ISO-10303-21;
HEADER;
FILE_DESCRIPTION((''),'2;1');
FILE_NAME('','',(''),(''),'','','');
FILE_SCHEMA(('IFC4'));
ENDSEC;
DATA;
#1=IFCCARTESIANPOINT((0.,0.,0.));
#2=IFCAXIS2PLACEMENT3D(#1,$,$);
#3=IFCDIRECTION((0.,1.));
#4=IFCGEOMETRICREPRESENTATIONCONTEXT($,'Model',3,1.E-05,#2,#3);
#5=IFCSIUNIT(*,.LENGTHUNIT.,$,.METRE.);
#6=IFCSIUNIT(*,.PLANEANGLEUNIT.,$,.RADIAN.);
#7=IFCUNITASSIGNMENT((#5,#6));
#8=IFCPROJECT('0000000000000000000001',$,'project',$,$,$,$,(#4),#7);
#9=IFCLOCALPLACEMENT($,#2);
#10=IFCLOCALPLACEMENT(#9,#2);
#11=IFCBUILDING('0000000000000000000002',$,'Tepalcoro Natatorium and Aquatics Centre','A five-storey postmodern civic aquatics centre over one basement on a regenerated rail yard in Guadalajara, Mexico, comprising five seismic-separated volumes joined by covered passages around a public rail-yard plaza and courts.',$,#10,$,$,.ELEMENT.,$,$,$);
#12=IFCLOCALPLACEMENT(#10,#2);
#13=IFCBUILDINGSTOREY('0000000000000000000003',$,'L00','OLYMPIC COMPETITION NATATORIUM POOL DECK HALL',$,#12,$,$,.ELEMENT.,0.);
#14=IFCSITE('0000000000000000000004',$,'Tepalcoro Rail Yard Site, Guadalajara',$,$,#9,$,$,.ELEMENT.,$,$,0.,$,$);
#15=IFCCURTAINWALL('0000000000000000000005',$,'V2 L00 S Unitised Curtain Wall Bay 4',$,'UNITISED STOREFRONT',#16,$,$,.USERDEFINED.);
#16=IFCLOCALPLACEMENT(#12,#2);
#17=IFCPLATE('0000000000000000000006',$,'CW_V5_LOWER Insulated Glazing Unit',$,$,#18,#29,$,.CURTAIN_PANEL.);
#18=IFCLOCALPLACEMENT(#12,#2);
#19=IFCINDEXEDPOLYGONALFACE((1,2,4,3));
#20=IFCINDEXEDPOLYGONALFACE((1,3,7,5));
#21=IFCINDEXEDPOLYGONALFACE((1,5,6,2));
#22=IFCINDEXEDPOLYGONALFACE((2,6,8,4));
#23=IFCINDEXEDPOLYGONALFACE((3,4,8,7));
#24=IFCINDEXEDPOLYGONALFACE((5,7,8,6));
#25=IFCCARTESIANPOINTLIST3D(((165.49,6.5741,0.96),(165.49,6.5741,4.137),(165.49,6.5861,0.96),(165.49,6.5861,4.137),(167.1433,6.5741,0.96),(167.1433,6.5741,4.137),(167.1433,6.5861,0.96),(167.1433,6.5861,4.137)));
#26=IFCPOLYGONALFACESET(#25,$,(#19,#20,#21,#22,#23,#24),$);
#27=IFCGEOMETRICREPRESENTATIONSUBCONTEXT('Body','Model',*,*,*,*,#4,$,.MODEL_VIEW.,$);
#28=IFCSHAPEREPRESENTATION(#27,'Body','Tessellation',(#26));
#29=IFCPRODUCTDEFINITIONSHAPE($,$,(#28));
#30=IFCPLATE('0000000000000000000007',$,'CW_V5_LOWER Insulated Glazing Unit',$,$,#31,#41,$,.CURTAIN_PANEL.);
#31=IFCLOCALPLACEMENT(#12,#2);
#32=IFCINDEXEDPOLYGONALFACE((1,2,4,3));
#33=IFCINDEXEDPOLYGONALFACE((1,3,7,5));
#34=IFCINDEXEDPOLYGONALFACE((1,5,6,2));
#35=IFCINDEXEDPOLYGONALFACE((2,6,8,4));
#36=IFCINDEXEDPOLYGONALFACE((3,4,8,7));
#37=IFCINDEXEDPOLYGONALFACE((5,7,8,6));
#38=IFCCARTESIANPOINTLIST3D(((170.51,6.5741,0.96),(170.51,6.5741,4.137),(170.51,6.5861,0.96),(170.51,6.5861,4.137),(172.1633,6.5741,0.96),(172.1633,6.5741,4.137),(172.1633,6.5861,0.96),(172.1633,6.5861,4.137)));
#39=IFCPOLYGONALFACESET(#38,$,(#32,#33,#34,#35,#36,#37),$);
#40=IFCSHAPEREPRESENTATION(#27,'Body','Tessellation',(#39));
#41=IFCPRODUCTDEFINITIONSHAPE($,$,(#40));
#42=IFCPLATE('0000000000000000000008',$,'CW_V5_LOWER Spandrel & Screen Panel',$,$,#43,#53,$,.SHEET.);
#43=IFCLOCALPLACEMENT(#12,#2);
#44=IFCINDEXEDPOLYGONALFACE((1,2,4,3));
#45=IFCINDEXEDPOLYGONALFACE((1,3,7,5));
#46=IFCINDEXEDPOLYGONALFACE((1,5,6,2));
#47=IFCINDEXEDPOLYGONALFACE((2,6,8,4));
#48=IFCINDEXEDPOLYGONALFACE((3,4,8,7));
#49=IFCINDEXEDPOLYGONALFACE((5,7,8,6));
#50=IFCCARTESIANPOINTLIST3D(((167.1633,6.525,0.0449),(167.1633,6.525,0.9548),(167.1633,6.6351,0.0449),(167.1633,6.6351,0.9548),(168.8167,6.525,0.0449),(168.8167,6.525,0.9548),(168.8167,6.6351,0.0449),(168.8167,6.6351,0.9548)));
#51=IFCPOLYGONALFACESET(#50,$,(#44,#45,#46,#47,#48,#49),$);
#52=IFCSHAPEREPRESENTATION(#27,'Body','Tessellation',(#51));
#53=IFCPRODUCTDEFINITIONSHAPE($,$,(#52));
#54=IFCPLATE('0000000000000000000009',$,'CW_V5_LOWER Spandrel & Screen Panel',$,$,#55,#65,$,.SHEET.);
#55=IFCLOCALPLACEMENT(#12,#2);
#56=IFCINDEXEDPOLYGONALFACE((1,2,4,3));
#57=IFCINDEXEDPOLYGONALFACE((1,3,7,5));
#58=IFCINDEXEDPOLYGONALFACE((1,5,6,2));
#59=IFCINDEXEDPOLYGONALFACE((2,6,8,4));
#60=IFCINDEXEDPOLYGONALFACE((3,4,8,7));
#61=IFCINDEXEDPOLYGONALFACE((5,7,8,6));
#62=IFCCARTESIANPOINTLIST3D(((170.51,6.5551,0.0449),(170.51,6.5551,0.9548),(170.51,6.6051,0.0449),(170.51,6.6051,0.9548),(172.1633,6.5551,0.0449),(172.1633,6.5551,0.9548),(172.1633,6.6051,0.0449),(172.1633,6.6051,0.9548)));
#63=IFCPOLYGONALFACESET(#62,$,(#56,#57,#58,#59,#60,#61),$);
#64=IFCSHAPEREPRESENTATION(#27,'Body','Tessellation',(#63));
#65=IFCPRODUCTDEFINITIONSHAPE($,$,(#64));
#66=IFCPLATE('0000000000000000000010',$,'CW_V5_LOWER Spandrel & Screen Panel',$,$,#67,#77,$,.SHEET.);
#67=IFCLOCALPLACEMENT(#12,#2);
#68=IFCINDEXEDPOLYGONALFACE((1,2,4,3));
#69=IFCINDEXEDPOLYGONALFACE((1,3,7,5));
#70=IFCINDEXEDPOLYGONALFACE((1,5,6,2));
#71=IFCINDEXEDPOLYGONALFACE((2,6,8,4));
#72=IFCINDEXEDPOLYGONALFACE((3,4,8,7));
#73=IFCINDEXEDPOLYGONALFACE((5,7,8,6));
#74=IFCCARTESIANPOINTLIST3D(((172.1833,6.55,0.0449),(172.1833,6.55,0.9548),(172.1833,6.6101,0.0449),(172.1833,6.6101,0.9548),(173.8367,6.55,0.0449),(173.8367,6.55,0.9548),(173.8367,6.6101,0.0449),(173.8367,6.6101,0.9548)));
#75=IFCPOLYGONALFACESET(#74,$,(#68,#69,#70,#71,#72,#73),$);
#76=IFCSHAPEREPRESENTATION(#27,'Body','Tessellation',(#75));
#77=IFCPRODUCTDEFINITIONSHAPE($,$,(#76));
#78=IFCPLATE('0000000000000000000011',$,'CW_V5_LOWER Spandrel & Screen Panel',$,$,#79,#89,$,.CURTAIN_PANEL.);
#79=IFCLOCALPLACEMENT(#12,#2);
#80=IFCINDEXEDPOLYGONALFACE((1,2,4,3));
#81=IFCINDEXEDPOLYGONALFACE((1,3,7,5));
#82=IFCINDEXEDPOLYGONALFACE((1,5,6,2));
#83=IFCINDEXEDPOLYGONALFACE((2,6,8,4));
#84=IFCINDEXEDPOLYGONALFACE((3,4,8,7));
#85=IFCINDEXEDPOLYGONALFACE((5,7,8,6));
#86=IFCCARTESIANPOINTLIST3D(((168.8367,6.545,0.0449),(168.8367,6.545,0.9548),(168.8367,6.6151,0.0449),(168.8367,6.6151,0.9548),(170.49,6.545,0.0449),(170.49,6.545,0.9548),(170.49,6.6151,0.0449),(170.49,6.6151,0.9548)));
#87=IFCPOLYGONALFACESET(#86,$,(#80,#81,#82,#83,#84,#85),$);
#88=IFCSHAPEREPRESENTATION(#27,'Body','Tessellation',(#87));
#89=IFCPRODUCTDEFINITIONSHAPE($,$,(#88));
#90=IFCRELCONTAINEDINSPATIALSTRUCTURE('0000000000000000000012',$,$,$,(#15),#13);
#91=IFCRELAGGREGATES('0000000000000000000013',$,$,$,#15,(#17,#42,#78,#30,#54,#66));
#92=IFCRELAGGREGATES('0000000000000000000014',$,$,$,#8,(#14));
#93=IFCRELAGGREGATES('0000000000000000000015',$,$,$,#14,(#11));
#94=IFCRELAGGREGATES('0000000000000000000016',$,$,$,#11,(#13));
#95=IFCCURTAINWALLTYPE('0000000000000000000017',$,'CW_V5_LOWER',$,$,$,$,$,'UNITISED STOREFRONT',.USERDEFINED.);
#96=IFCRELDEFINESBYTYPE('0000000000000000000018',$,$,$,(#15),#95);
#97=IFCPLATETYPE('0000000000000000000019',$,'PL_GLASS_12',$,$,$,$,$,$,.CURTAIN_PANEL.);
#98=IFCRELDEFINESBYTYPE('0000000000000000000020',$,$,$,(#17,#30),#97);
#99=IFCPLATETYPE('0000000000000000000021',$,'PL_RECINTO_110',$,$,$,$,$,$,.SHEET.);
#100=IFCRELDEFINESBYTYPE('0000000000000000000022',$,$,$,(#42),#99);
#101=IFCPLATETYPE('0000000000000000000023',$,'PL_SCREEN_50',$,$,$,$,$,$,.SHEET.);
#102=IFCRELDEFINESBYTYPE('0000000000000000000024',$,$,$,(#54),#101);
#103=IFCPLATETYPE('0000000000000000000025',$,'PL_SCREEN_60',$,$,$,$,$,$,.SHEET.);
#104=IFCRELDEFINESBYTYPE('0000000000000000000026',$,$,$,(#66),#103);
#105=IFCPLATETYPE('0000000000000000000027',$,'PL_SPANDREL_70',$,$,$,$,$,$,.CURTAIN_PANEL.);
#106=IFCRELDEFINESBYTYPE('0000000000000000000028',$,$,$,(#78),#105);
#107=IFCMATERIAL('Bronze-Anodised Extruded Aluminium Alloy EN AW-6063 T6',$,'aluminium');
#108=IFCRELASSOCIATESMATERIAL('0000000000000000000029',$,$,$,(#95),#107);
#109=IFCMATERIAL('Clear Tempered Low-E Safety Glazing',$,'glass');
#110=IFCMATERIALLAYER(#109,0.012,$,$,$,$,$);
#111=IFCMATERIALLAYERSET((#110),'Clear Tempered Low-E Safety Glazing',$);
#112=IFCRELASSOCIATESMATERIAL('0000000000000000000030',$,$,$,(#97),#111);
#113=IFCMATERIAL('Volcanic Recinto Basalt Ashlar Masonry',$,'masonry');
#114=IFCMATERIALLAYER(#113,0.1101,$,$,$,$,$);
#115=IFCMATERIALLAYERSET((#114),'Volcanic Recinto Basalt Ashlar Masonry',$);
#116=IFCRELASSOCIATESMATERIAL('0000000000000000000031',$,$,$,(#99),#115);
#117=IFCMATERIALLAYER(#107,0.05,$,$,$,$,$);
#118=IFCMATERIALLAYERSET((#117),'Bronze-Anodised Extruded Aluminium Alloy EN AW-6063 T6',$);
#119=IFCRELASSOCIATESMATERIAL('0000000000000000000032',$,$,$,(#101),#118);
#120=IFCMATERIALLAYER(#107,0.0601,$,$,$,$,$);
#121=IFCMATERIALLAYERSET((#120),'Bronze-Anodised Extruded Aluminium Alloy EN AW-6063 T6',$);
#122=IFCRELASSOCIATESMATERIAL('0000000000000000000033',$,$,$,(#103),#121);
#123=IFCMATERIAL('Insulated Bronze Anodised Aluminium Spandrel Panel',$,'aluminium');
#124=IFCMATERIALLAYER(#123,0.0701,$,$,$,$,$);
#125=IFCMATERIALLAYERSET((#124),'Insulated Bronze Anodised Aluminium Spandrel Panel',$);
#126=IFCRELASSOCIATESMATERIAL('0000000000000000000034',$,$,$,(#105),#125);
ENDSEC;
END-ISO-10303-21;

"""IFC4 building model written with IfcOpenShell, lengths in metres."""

from ifc_helpers import new_model, si_unit, direction, frame, origin, origin_2d, place, context, subcontext, project, spatial, rectangle, extrude, material, layer, layer_set, type_object, element, aggregate, save


model = new_model("IFC4")

# Units and contexts
model_context = context("Model", 3, precision=1e-05, world=origin(), true_north=direction((0.0, 1.0)))
body_context = subcontext(model_context, "Body", "Model", "MODEL_VIEW")
ifc_project = project(units=[si_unit("LENGTHUNIT", "METRE"), si_unit("PLANEANGLEUNIT", "RADIAN")], contexts=[model_context])

# Site, building, storey
site_placement = place(None, origin())
site = spatial("IfcSite", under=ifc_project, at=site_placement, Name="Tepalcoro Rail Yard Site, Guadalajara", CompositionType="ELEMENT", RefElevation=0.0)
building_placement = place(site_placement, origin())
building = spatial("IfcBuilding", under=site, at=building_placement, Name="Tepalcoro Natatorium and Aquatics Centre", Description="A five-storey postmodern civic aquatics centre over one basement on a regenerated rail yard in Guadalajara, Mexico, comprising five seismic-separated volumes joined by covered passages around a public rail-yard plaza and courts.", CompositionType="ELEMENT")
storey_placement = place(building_placement, origin())
storey = spatial("IfcBuildingStorey", under=building, at=storey_placement, Name="L00", Description="OLYMPIC COMPETITION NATATORIUM POOL DECK HALL", CompositionType="ELEMENT", Elevation=0.0)

# Curtain wall
ifc_material_1 = material(Name="Bronze-Anodised Extruded Aluminium Alloy EN AW-6063 T6", Category="aluminium")
curtain_wall_type = type_object("IfcCurtainWallType", Name="CW_V5_LOWER", ElementType="UNITISED STOREFRONT", PredefinedType="USERDEFINED", material=ifc_material_1)
curtain_wall_placement = place(storey_placement, origin())
curtain_wall = element("IfcCurtainWall", 1, at=curtain_wall_placement, inside=storey, type_object=curtain_wall_type, Name="V2 L00 S Unitised Curtain Wall Bay 4", ObjectType="UNITISED STOREFRONT", PredefinedType="USERDEFINED")

# Plates
ifc_material_2 = material(Name="Clear Tempered Low-E Safety Glazing", Category="glass")
ifc_layer_1 = layer(ifc_material_2, 0.012)
ifc_layer_set_1 = layer_set([ifc_layer_1], Name="Clear Tempered Low-E Safety Glazing")
plate_type_1 = type_object("IfcPlateType", Name="PL_GLASS_12", PredefinedType="CURTAIN_PANEL", material=ifc_layer_set_1)
plate_1_placement = place(storey_placement, frame((166.3167, 6.5801, 0.96), z_axis=(0.0, 0.0, 1.0), x_axis=(1.0, 0.0, 0.0)))
plate_1 = element("IfcPlate", 2, at=plate_1_placement, type_object=plate_type_1, Name="CW_V5_LOWER Insulated Glazing Unit", PredefinedType="CURTAIN_PANEL", context=body_context, shape_type="SweptSolid", body=[
    extrude(rectangle(XDim=1.6533, YDim=0.012, at=origin_2d()), origin(), (0.0, 0.0, 1.0), 3.177),
])
plate_2_placement = place(storey_placement, frame((171.3367, 6.5801, 0.96), z_axis=(0.0, 0.0, 1.0), x_axis=(1.0, 0.0, 0.0)))
plate_2 = element("IfcPlate", 3, at=plate_2_placement, type_object=plate_type_1, Name="CW_V5_LOWER Insulated Glazing Unit", PredefinedType="CURTAIN_PANEL", context=body_context, shape_type="SweptSolid", body=[
    extrude(rectangle(XDim=1.6533, YDim=0.012, at=origin_2d()), origin(), (0.0, 0.0, 1.0), 3.177),
])
ifc_material_3 = material(Name="Volcanic Recinto Basalt Ashlar Masonry", Category="masonry")
ifc_layer_2 = layer(ifc_material_3, 0.1101)
ifc_layer_set_2 = layer_set([ifc_layer_2], Name="Volcanic Recinto Basalt Ashlar Masonry")
plate_type_2 = type_object("IfcPlateType", Name="PL_RECINTO_110", PredefinedType="SHEET", material=ifc_layer_set_2)
plate_3_placement = place(storey_placement, frame((167.99, 6.5801, 0.0449), z_axis=(0.0, 0.0, 1.0), x_axis=(1.0, 0.0, 0.0)))
plate_3 = element("IfcPlate", 4, at=plate_3_placement, type_object=plate_type_2, Name="CW_V5_LOWER Spandrel & Screen Panel", PredefinedType="SHEET", context=body_context, shape_type="SweptSolid", body=[
    extrude(rectangle(XDim=1.6533, YDim=0.1101, at=origin_2d()), origin(), (0.0, 0.0, 1.0), 0.9099),
])
ifc_layer_3 = layer(ifc_material_1, 0.05)
ifc_layer_set_3 = layer_set([ifc_layer_3], Name="Bronze-Anodised Extruded Aluminium Alloy EN AW-6063 T6")
plate_type_3 = type_object("IfcPlateType", Name="PL_SCREEN_50", PredefinedType="SHEET", material=ifc_layer_set_3)
plate_4_placement = place(storey_placement, frame((171.3367, 6.5801, 0.0449), z_axis=(0.0, 0.0, 1.0), x_axis=(1.0, 0.0, 0.0)))
plate_4 = element("IfcPlate", 5, at=plate_4_placement, type_object=plate_type_3, Name="CW_V5_LOWER Spandrel & Screen Panel", PredefinedType="SHEET", context=body_context, shape_type="SweptSolid", body=[
    extrude(rectangle(XDim=1.6533, YDim=0.05, at=origin_2d()), origin(), (0.0, 0.0, 1.0), 0.9099),
])
ifc_layer_4 = layer(ifc_material_1, 0.0601)
ifc_layer_set_4 = layer_set([ifc_layer_4], Name="Bronze-Anodised Extruded Aluminium Alloy EN AW-6063 T6")
plate_type_4 = type_object("IfcPlateType", Name="PL_SCREEN_60", PredefinedType="SHEET", material=ifc_layer_set_4)
plate_5_placement = place(storey_placement, frame((173.01, 6.5801, 0.0449), z_axis=(0.0, 0.0, 1.0), x_axis=(1.0, 0.0, 0.0)))
plate_5 = element("IfcPlate", 6, at=plate_5_placement, type_object=plate_type_4, Name="CW_V5_LOWER Spandrel & Screen Panel", PredefinedType="SHEET", context=body_context, shape_type="SweptSolid", body=[
    extrude(rectangle(XDim=1.6533, YDim=0.0601, at=origin_2d()), origin(), (0.0, 0.0, 1.0), 0.9099),
])
ifc_material_4 = material(Name="Insulated Bronze Anodised Aluminium Spandrel Panel", Category="aluminium")
ifc_layer_5 = layer(ifc_material_4, 0.0701)
ifc_layer_set_5 = layer_set([ifc_layer_5], Name="Insulated Bronze Anodised Aluminium Spandrel Panel")
plate_type_5 = type_object("IfcPlateType", Name="PL_SPANDREL_70", PredefinedType="CURTAIN_PANEL", material=ifc_layer_set_5)
plate_6_placement = place(storey_placement, frame((169.6633, 6.5801, 0.0449), z_axis=(0.0, 0.0, 1.0), x_axis=(1.0, 0.0, 0.0)))
plate_6 = element("IfcPlate", 7, at=plate_6_placement, type_object=plate_type_5, Name="CW_V5_LOWER Spandrel & Screen Panel", PredefinedType="CURTAIN_PANEL", context=body_context, shape_type="SweptSolid", body=[
    extrude(rectangle(XDim=1.6533, YDim=0.0701, at=origin_2d()), origin(), (0.0, 0.0, 1.0), 0.9099),
])
aggregate(curtain_wall, [plate_1, plate_3, plate_6, plate_2, plate_4, plate_5])

save(model, "model.ifc")
